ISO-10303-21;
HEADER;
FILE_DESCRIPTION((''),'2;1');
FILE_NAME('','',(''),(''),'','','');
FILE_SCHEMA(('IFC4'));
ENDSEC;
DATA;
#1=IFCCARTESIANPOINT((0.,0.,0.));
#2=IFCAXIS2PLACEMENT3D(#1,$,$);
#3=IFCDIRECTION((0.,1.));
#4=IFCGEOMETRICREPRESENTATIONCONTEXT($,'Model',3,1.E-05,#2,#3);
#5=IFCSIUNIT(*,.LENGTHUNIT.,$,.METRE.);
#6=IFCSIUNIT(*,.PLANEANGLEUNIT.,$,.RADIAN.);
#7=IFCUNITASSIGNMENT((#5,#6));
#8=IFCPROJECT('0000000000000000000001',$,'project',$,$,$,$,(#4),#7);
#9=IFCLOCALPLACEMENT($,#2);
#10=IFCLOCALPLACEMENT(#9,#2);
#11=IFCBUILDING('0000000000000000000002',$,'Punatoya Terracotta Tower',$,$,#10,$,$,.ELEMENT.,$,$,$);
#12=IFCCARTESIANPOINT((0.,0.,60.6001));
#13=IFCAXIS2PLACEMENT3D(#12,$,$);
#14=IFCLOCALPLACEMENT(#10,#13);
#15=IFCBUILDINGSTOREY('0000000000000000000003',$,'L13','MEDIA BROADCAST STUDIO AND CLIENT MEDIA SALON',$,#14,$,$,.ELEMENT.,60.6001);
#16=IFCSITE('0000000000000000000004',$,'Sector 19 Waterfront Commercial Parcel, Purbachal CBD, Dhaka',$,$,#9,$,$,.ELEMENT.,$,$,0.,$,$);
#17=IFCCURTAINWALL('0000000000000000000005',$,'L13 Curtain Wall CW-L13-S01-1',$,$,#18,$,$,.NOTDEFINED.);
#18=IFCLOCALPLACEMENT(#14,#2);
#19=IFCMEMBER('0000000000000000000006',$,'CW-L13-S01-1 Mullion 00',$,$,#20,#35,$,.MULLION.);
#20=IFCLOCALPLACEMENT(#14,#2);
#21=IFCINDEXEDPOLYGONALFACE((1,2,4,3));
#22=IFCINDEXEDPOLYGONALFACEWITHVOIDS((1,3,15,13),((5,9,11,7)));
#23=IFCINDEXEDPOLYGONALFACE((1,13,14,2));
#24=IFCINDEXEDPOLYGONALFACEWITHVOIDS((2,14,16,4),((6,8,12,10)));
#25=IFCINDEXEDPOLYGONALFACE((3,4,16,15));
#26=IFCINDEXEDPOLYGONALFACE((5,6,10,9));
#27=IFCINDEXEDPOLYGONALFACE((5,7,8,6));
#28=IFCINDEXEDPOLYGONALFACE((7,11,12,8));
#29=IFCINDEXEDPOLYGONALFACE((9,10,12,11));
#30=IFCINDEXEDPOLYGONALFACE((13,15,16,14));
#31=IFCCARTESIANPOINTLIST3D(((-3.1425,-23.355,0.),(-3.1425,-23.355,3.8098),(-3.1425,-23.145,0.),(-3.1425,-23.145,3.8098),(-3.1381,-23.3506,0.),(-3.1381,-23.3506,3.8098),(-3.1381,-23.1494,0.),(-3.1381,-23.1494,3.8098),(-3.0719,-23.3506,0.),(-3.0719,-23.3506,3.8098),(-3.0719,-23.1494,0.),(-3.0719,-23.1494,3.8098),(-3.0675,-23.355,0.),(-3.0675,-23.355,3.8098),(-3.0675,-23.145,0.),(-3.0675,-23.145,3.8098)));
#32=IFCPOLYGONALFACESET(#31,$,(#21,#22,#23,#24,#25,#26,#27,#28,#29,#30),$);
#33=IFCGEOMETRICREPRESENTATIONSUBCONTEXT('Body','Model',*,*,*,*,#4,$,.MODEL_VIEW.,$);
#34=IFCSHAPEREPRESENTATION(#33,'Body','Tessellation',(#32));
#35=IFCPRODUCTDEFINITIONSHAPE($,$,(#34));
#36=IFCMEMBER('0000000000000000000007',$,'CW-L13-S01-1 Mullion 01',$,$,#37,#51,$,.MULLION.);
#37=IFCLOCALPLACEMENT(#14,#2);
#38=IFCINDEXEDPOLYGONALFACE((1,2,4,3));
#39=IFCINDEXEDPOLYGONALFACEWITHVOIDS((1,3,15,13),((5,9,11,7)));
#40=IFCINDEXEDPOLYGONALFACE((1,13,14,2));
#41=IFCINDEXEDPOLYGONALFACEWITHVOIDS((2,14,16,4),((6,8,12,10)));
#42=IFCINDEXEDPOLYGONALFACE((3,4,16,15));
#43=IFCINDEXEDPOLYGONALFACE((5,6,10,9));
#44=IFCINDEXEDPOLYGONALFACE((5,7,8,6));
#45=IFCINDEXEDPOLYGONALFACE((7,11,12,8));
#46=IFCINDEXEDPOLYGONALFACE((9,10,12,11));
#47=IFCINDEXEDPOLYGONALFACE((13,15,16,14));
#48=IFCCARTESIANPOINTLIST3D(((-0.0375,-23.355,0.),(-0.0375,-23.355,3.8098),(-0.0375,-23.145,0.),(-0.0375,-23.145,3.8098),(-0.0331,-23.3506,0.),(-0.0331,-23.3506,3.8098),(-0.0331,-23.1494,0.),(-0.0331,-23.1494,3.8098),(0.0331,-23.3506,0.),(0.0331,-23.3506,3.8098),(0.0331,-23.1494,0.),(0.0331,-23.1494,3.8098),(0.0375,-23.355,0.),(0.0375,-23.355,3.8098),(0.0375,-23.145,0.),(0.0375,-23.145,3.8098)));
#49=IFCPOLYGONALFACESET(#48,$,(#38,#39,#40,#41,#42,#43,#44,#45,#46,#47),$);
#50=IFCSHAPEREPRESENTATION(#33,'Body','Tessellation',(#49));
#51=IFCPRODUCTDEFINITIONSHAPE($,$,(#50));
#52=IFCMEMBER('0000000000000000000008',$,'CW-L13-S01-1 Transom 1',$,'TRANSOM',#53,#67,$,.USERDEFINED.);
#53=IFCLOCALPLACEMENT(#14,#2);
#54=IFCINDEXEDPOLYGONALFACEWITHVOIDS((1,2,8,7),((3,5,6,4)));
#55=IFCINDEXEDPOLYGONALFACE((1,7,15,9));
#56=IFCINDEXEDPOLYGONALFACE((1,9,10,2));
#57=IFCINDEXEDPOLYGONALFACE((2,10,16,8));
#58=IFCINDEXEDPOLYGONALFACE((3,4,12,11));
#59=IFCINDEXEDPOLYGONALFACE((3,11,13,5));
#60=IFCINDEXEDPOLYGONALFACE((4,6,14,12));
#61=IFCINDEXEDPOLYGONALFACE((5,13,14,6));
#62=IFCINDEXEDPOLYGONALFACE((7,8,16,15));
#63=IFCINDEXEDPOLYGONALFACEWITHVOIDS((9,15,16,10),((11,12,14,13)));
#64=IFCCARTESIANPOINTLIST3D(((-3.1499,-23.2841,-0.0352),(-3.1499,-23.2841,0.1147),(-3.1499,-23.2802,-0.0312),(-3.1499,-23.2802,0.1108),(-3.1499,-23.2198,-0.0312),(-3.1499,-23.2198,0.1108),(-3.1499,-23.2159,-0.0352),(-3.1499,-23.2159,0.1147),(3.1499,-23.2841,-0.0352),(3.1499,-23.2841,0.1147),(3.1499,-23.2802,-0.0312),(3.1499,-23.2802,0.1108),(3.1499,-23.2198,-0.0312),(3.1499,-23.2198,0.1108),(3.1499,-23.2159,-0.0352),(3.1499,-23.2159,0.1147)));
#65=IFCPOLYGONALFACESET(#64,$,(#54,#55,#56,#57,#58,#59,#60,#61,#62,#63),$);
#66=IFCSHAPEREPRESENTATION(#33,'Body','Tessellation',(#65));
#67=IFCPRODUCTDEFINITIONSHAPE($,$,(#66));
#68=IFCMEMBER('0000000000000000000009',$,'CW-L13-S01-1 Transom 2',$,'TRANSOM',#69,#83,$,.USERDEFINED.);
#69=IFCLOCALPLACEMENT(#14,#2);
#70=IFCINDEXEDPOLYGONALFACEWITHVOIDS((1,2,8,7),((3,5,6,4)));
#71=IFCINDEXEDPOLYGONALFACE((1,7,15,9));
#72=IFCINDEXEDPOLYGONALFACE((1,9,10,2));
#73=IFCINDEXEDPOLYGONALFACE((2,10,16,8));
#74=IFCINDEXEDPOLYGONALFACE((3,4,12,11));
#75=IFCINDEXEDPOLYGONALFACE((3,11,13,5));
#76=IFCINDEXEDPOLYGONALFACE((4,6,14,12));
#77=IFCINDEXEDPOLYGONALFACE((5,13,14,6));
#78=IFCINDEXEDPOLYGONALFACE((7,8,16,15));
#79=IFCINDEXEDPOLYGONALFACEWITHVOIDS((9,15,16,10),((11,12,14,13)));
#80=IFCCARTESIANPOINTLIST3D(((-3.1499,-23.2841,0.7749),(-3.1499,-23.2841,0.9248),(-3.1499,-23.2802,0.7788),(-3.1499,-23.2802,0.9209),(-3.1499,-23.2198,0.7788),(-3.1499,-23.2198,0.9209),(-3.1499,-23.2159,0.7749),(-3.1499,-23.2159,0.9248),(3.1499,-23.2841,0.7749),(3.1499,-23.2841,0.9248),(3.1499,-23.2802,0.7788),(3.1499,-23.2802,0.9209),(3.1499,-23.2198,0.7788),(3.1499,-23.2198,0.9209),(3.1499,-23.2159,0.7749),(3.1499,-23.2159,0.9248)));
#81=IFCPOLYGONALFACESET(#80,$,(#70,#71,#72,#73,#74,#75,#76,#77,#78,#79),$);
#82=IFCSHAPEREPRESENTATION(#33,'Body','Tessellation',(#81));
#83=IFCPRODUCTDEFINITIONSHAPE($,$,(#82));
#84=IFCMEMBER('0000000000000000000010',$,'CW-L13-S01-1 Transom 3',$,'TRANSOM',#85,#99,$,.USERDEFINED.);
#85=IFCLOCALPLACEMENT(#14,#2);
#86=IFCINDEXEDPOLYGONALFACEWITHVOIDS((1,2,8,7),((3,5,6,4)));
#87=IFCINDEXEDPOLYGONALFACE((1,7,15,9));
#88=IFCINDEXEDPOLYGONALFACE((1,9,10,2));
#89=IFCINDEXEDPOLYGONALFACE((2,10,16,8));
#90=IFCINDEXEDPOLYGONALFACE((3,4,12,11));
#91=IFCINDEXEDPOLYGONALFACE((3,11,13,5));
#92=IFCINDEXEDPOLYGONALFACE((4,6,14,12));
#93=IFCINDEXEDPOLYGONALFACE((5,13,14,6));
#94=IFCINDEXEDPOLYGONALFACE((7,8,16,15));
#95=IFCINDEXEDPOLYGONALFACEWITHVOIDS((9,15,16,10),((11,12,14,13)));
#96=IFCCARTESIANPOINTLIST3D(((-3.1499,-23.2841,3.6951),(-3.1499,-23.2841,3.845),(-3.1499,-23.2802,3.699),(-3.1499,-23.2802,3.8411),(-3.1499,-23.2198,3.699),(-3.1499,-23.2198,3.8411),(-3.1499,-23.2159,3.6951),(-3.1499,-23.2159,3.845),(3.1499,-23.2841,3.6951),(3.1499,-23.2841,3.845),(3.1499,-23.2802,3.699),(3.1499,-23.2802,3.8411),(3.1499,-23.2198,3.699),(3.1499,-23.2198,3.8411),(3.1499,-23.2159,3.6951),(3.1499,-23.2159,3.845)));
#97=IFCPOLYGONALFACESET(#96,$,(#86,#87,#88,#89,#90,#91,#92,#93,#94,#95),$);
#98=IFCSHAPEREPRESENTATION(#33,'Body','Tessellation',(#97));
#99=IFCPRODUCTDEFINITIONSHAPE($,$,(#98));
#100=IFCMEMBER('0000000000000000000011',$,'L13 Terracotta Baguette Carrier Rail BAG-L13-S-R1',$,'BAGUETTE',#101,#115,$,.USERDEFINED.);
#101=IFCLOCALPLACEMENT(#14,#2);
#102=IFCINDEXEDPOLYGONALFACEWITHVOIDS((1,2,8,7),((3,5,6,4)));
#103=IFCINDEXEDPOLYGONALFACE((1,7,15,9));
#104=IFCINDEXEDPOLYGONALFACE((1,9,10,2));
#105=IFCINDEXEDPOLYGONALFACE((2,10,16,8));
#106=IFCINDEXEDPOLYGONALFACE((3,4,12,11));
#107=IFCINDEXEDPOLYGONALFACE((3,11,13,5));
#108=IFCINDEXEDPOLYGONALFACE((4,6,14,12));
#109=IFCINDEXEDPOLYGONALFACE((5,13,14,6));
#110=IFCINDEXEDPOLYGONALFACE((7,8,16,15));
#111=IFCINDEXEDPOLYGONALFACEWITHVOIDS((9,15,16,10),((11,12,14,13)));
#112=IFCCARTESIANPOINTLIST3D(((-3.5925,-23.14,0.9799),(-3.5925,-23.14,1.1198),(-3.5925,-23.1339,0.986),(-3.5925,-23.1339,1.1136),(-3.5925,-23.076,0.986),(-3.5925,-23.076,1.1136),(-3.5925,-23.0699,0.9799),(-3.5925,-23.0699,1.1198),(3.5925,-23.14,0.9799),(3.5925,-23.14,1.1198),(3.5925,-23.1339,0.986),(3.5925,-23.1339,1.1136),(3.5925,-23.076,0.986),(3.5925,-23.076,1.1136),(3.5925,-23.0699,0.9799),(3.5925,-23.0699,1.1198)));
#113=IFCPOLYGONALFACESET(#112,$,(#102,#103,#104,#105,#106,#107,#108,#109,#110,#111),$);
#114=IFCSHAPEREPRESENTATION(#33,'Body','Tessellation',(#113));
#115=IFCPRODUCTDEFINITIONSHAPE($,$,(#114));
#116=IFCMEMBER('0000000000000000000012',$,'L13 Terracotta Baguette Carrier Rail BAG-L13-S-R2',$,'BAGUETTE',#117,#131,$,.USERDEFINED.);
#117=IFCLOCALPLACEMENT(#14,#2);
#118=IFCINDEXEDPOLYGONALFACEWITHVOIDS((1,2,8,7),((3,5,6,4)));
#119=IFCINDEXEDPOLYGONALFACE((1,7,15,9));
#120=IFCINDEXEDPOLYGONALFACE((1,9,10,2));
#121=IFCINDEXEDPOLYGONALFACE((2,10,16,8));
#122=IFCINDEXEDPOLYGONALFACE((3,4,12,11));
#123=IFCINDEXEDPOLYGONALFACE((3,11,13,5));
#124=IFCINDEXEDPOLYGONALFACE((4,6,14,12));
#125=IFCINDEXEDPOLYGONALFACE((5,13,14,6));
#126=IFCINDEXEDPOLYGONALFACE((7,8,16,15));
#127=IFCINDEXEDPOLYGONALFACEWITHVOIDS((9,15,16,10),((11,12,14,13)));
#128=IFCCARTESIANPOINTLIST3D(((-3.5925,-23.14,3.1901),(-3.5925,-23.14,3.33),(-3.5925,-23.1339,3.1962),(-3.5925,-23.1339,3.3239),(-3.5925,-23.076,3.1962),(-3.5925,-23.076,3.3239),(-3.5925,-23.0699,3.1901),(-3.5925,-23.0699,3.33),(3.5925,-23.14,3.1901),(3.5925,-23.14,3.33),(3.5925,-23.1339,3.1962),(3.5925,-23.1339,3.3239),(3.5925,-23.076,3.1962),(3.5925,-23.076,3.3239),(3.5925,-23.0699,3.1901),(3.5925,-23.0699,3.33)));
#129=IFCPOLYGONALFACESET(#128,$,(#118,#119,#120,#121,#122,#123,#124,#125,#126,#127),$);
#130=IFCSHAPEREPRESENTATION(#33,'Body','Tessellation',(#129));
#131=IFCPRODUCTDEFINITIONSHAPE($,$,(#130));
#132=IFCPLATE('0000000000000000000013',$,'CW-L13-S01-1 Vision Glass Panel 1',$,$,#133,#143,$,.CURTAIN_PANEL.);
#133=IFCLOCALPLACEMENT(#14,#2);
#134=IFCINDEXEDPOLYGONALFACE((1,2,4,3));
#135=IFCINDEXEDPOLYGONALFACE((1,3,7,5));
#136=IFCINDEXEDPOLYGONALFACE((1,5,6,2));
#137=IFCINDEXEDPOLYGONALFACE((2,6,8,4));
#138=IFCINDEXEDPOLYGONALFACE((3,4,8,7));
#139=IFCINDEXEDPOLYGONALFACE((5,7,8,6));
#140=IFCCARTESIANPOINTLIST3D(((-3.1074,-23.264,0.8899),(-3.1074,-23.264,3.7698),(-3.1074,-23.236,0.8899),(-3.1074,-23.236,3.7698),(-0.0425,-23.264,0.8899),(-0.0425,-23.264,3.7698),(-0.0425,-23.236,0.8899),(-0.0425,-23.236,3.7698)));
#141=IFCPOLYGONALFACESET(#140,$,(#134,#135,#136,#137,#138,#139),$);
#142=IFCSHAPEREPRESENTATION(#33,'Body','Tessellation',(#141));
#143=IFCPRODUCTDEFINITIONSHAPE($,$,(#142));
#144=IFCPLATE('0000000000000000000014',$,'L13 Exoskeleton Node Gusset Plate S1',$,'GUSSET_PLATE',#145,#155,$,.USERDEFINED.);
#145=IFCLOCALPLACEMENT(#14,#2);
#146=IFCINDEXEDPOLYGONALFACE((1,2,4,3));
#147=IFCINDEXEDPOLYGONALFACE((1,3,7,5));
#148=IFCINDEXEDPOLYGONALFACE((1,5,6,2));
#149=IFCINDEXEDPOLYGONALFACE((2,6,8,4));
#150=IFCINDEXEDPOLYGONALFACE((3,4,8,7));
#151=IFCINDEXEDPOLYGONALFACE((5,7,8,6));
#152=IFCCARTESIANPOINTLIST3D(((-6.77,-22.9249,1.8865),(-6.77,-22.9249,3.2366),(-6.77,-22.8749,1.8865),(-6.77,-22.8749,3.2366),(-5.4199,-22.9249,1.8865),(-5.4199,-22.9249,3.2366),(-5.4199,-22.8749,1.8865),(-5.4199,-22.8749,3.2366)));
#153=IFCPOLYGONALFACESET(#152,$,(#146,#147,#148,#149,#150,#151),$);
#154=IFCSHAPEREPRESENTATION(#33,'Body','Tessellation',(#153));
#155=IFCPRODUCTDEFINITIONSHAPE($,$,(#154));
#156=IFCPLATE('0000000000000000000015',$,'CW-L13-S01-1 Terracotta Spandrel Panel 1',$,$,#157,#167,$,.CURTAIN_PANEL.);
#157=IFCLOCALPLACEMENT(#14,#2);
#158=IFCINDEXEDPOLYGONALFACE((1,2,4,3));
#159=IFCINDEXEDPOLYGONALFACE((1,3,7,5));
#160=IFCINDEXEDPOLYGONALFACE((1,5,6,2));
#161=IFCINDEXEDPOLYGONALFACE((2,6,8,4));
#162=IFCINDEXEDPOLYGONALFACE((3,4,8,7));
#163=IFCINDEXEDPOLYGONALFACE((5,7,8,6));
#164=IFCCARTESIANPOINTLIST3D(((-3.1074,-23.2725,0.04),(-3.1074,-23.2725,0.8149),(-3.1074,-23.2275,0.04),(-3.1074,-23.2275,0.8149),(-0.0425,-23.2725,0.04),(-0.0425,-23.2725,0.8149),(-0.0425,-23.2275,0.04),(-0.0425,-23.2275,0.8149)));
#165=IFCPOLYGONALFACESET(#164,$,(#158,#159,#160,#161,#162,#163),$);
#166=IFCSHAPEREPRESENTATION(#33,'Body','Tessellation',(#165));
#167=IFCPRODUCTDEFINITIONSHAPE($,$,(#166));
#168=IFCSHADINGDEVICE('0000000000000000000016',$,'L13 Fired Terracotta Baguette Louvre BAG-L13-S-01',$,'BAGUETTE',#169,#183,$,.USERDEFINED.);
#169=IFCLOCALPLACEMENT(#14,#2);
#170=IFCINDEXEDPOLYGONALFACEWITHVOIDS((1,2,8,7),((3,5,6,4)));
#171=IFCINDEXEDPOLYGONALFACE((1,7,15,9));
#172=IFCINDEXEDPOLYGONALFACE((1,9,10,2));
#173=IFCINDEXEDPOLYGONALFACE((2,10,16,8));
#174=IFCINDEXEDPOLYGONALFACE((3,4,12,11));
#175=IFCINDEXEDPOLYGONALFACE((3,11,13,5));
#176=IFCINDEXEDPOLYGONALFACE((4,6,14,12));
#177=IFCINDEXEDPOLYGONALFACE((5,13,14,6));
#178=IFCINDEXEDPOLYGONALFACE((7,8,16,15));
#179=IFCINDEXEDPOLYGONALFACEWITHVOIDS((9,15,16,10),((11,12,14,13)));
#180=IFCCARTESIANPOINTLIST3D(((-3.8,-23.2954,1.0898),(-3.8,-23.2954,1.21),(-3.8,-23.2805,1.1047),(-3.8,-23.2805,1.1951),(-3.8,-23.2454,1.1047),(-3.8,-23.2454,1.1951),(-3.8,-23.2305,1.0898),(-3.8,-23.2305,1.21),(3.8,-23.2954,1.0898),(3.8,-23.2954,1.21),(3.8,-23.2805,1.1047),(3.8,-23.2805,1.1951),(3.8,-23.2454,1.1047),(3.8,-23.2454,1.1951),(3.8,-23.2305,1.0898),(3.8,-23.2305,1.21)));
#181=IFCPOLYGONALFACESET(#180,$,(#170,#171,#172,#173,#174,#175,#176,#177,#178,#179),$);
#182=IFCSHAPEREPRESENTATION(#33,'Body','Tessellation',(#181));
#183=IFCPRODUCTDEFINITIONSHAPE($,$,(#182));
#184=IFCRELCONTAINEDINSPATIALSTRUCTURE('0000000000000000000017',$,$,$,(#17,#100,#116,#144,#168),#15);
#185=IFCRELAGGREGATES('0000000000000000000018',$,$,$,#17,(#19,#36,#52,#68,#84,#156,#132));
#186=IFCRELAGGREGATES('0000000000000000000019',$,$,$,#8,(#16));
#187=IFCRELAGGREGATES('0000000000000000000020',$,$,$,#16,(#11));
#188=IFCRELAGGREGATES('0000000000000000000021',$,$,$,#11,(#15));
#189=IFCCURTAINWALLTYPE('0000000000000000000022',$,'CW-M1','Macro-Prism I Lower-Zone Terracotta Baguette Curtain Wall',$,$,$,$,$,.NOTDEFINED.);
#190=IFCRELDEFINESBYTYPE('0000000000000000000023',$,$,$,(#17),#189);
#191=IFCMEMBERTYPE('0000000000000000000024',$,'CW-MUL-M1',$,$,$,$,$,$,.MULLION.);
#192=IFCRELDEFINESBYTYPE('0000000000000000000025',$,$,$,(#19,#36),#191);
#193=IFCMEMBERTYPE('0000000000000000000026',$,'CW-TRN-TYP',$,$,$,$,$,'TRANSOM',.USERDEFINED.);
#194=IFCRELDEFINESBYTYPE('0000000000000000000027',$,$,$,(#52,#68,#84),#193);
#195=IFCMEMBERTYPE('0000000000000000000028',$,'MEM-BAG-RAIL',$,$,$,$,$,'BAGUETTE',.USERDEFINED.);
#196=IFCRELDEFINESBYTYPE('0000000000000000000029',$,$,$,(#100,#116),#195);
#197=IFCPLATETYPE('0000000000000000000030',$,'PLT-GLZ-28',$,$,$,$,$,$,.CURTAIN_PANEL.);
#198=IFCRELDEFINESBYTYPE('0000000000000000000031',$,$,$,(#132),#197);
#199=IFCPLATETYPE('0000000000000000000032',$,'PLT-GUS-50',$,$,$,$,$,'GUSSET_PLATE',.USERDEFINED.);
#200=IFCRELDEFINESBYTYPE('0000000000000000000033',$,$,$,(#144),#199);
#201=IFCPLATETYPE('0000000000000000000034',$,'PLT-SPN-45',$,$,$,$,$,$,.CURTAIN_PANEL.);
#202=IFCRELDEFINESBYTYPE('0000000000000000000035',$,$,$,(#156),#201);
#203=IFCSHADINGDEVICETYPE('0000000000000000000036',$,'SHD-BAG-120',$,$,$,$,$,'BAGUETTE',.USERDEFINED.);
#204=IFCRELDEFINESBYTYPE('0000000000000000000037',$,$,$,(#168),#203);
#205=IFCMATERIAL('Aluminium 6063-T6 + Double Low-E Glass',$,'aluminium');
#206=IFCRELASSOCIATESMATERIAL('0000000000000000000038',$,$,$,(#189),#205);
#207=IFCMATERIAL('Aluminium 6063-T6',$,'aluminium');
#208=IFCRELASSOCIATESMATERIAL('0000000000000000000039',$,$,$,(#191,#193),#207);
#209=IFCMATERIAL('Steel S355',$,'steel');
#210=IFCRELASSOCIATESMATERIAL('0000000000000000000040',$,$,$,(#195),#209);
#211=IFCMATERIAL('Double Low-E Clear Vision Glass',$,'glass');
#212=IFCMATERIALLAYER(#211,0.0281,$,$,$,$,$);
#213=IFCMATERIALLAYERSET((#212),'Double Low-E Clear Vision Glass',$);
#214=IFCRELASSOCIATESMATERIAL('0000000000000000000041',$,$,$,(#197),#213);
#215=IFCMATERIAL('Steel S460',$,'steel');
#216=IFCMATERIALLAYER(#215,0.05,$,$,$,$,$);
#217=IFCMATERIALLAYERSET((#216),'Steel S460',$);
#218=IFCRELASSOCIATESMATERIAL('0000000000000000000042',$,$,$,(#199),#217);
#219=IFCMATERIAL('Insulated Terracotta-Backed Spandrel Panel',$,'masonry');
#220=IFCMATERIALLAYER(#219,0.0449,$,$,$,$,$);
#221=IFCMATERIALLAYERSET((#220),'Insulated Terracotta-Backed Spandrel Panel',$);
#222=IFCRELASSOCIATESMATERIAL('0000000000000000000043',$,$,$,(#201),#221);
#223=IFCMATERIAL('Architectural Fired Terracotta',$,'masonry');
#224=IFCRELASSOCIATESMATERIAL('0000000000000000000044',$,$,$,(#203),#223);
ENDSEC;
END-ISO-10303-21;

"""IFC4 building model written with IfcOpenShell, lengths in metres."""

from ifc_helpers import new_model, si_unit, direction, frame, origin, origin_2d, place, context, subcontext, project, spatial, rectangle, hollow_rectangle, extrude, material, layer, layer_set, material_profile, profile_set, type_object, element, aggregate, save


model = new_model("IFC4")

# Units and contexts
model_context = context("Model", 3, precision=1e-05, world=origin(), true_north=direction((0.0, 1.0)))
body_context = subcontext(model_context, "Body", "Model", "MODEL_VIEW")
ifc_project = project(units=[si_unit("LENGTHUNIT", "METRE"), si_unit("PLANEANGLEUNIT", "RADIAN")], contexts=[model_context])

# Site, building, storey
site_placement = place(None, origin())
site = spatial("IfcSite", under=ifc_project, at=site_placement, Name="Sector 19 Waterfront Commercial Parcel, Purbachal CBD, Dhaka", CompositionType="ELEMENT", RefElevation=0.0)
building_placement = place(site_placement, origin())
building = spatial("IfcBuilding", under=site, at=building_placement, Name="Punatoya Terracotta Tower", CompositionType="ELEMENT")
storey_placement = place(building_placement, frame((0.0, 0.0, 60.6001)))
storey = spatial("IfcBuildingStorey", under=building, at=storey_placement, Name="L13", Description="MEDIA BROADCAST STUDIO AND CLIENT MEDIA SALON", CompositionType="ELEMENT", Elevation=60.6001)

# Curtain wall, members
ifc_material_1 = material(Name="Aluminium 6063-T6 + Double Low-E Glass", Category="aluminium")
curtain_wall_type = type_object("IfcCurtainWallType", Name="CW-M1", Description="Macro-Prism I Lower-Zone Terracotta Baguette Curtain Wall", PredefinedType="NOTDEFINED", material=ifc_material_1)
curtain_wall_placement = place(storey_placement, origin())
curtain_wall = element("IfcCurtainWall", 1, at=curtain_wall_placement, inside=storey, type_object=curtain_wall_type, Name="L13 Curtain Wall CW-L13-S01-1", PredefinedType="NOTDEFINED")
ifc_material_2 = material(Name="Aluminium 6063-T6", Category="aluminium")
ifc_material_profile_1 = material_profile(ifc_material_2, hollow_rectangle(XDim=0.075, YDim=0.21, WallThickness=0.0044, at=origin_2d()))
ifc_profile_set_1 = profile_set([ifc_material_profile_1], Name="Aluminium 6063-T6")
member_type_1 = type_object("IfcMemberType", Name="CW-MUL-M1", PredefinedType="MULLION", material=ifc_profile_set_1)
member_1_placement = place(storey_placement, frame((-3.105, -23.25, 0.0), z_axis=(0.0, 0.0, 1.0), x_axis=(1.0, 0.0, 0.0)))
member_1 = element("IfcMember", 2, at=member_1_placement, type_object=member_type_1, Name="CW-L13-S01-1 Mullion 00", PredefinedType="MULLION", context=body_context, shape_type="SweptSolid", body=[
    extrude(hollow_rectangle(XDim=0.075, YDim=0.21, WallThickness=0.0044, at=origin_2d()), origin(), (0.0, 0.0, 1.0), 3.8098),
])
member_2_placement = place(storey_placement, frame((0.0, -23.25, 0.0), z_axis=(0.0, 0.0, 1.0), x_axis=(1.0, 0.0, 0.0)))
member_2 = element("IfcMember", 3, at=member_2_placement, type_object=member_type_1, Name="CW-L13-S01-1 Mullion 01", PredefinedType="MULLION", context=body_context, shape_type="SweptSolid", body=[
    extrude(hollow_rectangle(XDim=0.075, YDim=0.21, WallThickness=0.0044, at=origin_2d()), origin(), (0.0, 0.0, 1.0), 3.8098),
])
ifc_material_profile_2 = material_profile(ifc_material_2, hollow_rectangle(XDim=0.0681, YDim=0.1499, WallThickness=0.0039, at=origin_2d()))
ifc_profile_set_2 = profile_set([ifc_material_profile_2], Name="Aluminium 6063-T6")
member_type_2 = type_object("IfcMemberType", Name="CW-TRN-TYP", ElementType="TRANSOM", PredefinedType="USERDEFINED", material=ifc_profile_set_2)
member_3_placement = place(storey_placement, frame((-3.1499, -23.25, 0.0398), z_axis=(1.0, 0.0, 0.0), x_axis=(0.0, 1.0, 0.0)))
member_3 = element("IfcMember", 4, at=member_3_placement, type_object=member_type_2, Name="CW-L13-S01-1 Transom 1", ObjectType="TRANSOM", PredefinedType="USERDEFINED", context=body_context, shape_type="SweptSolid", body=[
    extrude(hollow_rectangle(XDim=0.0681, YDim=0.1499, WallThickness=0.0039, at=origin_2d()), origin(), (0.0, 0.0, 1.0), 6.2998),
])
member_4_placement = place(storey_placement, frame((-3.1499, -23.25, 0.8499), z_axis=(1.0, 0.0, 0.0), x_axis=(0.0, 1.0, 0.0)))
member_4 = element("IfcMember", 5, at=member_4_placement, type_object=member_type_2, Name="CW-L13-S01-1 Transom 2", ObjectType="TRANSOM", PredefinedType="USERDEFINED", context=body_context, shape_type="SweptSolid", body=[
    extrude(hollow_rectangle(XDim=0.0681, YDim=0.1499, WallThickness=0.0039, at=origin_2d()), origin(), (0.0, 0.0, 1.0), 6.2998),
])
member_5_placement = place(storey_placement, frame((-3.1499, -23.25, 3.77), z_axis=(1.0, 0.0, 0.0), x_axis=(0.0, 1.0, 0.0)))
member_5 = element("IfcMember", 6, at=member_5_placement, type_object=member_type_2, Name="CW-L13-S01-1 Transom 3", ObjectType="TRANSOM", PredefinedType="USERDEFINED", context=body_context, shape_type="SweptSolid", body=[
    extrude(hollow_rectangle(XDim=0.0681, YDim=0.1499, WallThickness=0.0039, at=origin_2d()), origin(), (0.0, 0.0, 1.0), 6.2998),
])

# Members
ifc_material_3 = material(Name="Steel S355", Category="steel")
ifc_material_profile_3 = material_profile(ifc_material_3, hollow_rectangle(XDim=0.0701, YDim=0.1399, WallThickness=0.0061, at=origin_2d()))
ifc_profile_set_3 = profile_set([ifc_material_profile_3], Name="Steel S355")
member_type_3 = type_object("IfcMemberType", Name="MEM-BAG-RAIL", ElementType="BAGUETTE", PredefinedType="USERDEFINED", material=ifc_profile_set_3)
for number, where, z_axis, x_axis, name in (
    (7, (-3.5925, -23.105, 1.0498), (1.0, 0.0, 0.0), (0.0, 1.0, 0.0), "L13 Terracotta Baguette Carrier Rail BAG-L13-S-R1"),
    (8, (-3.5925, -23.105, 3.26), (1.0, 0.0, 0.0), (0.0, 1.0, 0.0), "L13 Terracotta Baguette Carrier Rail BAG-L13-S-R2"),
):
    element("IfcMember", number, at=place(storey_placement, frame(where, z_axis=z_axis, x_axis=x_axis)), inside=storey, type_object=member_type_3, Name=name, ObjectType="BAGUETTE", PredefinedType="USERDEFINED", context=body_context, shape_type="SweptSolid", body=[
        extrude(hollow_rectangle(XDim=0.0701, YDim=0.1399, WallThickness=0.0061, at=origin_2d()), origin(), (0.0, 0.0, 1.0), 7.1851),
    ])

# Plates
ifc_material_4 = material(Name="Double Low-E Clear Vision Glass", Category="glass")
ifc_layer_1 = layer(ifc_material_4, 0.0281)
ifc_layer_set_1 = layer_set([ifc_layer_1], Name="Double Low-E Clear Vision Glass")
plate_type_1 = type_object("IfcPlateType", Name="PLT-GLZ-28", PredefinedType="CURTAIN_PANEL", material=ifc_layer_set_1)
plate_1_placement = place(storey_placement, frame((-1.575, -23.25, 0.8899), z_axis=(0.0, 0.0, 1.0), x_axis=(1.0, 0.0, 0.0)))
plate_1 = element("IfcPlate", 9, at=plate_1_placement, type_object=plate_type_1, Name="CW-L13-S01-1 Vision Glass Panel 1", PredefinedType="CURTAIN_PANEL", context=body_context, shape_type="SweptSolid", body=[
    extrude(rectangle(XDim=3.0649, YDim=0.0281, at=origin_2d()), origin(), (0.0, 0.0, 1.0), 2.8799),
])
ifc_material_5 = material(Name="Steel S460", Category="steel")
ifc_layer_2 = layer(ifc_material_5, 0.05)
ifc_layer_set_2 = layer_set([ifc_layer_2], Name="Steel S460")
plate_type_2 = type_object("IfcPlateType", Name="PLT-GUS-50", ElementType="GUSSET_PLATE", PredefinedType="USERDEFINED", material=ifc_layer_set_2)
plate_2_placement = place(storey_placement, frame((-6.095, -22.8999, 1.8865), z_axis=(0.0, 0.0, 1.0), x_axis=(1.0, 0.0, 0.0)))
element("IfcPlate", 10, at=plate_2_placement, inside=storey, type_object=plate_type_2, Name="L13 Exoskeleton Node Gusset Plate S1", ObjectType="GUSSET_PLATE", PredefinedType="USERDEFINED", context=body_context, shape_type="SweptSolid", body=[
    extrude(rectangle(XDim=1.3501, YDim=0.05, at=origin_2d()), origin(), (0.0, 0.0, 1.0), 1.3501),
])
ifc_material_6 = material(Name="Insulated Terracotta-Backed Spandrel Panel", Category="masonry")
ifc_layer_3 = layer(ifc_material_6, 0.0449)
ifc_layer_set_3 = layer_set([ifc_layer_3], Name="Insulated Terracotta-Backed Spandrel Panel")
plate_type_3 = type_object("IfcPlateType", Name="PLT-SPN-45", PredefinedType="CURTAIN_PANEL", material=ifc_layer_set_3)
plate_3_placement = place(storey_placement, frame((-1.575, -23.25, 0.04), z_axis=(0.0, 0.0, 1.0), x_axis=(1.0, 0.0, 0.0)))
plate_3 = element("IfcPlate", 11, at=plate_3_placement, type_object=plate_type_3, Name="CW-L13-S01-1 Terracotta Spandrel Panel 1", PredefinedType="CURTAIN_PANEL", context=body_context, shape_type="SweptSolid", body=[
    extrude(rectangle(XDim=3.0649, YDim=0.0449, at=origin_2d()), origin(), (0.0, 0.0, 1.0), 0.7749),
])
aggregate(curtain_wall, [member_1, member_2, member_3, member_4, member_5, plate_3, plate_1])

# Shading device
ifc_material_7 = material(Name="Architectural Fired Terracotta", Category="masonry")
ifc_material_profile_4 = material_profile(ifc_material_7, hollow_rectangle(XDim=0.0649, YDim=0.1201, WallThickness=0.0149, at=origin_2d()))
ifc_profile_set_4 = profile_set([ifc_material_profile_4], Name="Architectural Fired Terracotta")
shading_device_type_1 = type_object("IfcShadingDeviceType", Name="SHD-BAG-120", ElementType="BAGUETTE", PredefinedType="USERDEFINED", material=ifc_profile_set_4)
for number, where, z_axis, x_axis, name in (
    (12, (-3.8, -23.2629, 1.1499), (1.0, 0.0, 0.0), (0.0, 1.0, 0.0), "L13 Fired Terracotta Baguette Louvre BAG-L13-S-01"),
):
    element("IfcShadingDevice", number, at=place(storey_placement, frame(where, z_axis=z_axis, x_axis=x_axis)), inside=storey, type_object=shading_device_type_1, Name=name, ObjectType="BAGUETTE", PredefinedType="USERDEFINED", context=body_context, shape_type="SweptSolid", body=[
        extrude(hollow_rectangle(XDim=0.0649, YDim=0.1201, WallThickness=0.0149, at=origin_2d()), origin(), (0.0, 0.0, 1.0), 7.6001),
    ])

save(model, "model.ifc")
